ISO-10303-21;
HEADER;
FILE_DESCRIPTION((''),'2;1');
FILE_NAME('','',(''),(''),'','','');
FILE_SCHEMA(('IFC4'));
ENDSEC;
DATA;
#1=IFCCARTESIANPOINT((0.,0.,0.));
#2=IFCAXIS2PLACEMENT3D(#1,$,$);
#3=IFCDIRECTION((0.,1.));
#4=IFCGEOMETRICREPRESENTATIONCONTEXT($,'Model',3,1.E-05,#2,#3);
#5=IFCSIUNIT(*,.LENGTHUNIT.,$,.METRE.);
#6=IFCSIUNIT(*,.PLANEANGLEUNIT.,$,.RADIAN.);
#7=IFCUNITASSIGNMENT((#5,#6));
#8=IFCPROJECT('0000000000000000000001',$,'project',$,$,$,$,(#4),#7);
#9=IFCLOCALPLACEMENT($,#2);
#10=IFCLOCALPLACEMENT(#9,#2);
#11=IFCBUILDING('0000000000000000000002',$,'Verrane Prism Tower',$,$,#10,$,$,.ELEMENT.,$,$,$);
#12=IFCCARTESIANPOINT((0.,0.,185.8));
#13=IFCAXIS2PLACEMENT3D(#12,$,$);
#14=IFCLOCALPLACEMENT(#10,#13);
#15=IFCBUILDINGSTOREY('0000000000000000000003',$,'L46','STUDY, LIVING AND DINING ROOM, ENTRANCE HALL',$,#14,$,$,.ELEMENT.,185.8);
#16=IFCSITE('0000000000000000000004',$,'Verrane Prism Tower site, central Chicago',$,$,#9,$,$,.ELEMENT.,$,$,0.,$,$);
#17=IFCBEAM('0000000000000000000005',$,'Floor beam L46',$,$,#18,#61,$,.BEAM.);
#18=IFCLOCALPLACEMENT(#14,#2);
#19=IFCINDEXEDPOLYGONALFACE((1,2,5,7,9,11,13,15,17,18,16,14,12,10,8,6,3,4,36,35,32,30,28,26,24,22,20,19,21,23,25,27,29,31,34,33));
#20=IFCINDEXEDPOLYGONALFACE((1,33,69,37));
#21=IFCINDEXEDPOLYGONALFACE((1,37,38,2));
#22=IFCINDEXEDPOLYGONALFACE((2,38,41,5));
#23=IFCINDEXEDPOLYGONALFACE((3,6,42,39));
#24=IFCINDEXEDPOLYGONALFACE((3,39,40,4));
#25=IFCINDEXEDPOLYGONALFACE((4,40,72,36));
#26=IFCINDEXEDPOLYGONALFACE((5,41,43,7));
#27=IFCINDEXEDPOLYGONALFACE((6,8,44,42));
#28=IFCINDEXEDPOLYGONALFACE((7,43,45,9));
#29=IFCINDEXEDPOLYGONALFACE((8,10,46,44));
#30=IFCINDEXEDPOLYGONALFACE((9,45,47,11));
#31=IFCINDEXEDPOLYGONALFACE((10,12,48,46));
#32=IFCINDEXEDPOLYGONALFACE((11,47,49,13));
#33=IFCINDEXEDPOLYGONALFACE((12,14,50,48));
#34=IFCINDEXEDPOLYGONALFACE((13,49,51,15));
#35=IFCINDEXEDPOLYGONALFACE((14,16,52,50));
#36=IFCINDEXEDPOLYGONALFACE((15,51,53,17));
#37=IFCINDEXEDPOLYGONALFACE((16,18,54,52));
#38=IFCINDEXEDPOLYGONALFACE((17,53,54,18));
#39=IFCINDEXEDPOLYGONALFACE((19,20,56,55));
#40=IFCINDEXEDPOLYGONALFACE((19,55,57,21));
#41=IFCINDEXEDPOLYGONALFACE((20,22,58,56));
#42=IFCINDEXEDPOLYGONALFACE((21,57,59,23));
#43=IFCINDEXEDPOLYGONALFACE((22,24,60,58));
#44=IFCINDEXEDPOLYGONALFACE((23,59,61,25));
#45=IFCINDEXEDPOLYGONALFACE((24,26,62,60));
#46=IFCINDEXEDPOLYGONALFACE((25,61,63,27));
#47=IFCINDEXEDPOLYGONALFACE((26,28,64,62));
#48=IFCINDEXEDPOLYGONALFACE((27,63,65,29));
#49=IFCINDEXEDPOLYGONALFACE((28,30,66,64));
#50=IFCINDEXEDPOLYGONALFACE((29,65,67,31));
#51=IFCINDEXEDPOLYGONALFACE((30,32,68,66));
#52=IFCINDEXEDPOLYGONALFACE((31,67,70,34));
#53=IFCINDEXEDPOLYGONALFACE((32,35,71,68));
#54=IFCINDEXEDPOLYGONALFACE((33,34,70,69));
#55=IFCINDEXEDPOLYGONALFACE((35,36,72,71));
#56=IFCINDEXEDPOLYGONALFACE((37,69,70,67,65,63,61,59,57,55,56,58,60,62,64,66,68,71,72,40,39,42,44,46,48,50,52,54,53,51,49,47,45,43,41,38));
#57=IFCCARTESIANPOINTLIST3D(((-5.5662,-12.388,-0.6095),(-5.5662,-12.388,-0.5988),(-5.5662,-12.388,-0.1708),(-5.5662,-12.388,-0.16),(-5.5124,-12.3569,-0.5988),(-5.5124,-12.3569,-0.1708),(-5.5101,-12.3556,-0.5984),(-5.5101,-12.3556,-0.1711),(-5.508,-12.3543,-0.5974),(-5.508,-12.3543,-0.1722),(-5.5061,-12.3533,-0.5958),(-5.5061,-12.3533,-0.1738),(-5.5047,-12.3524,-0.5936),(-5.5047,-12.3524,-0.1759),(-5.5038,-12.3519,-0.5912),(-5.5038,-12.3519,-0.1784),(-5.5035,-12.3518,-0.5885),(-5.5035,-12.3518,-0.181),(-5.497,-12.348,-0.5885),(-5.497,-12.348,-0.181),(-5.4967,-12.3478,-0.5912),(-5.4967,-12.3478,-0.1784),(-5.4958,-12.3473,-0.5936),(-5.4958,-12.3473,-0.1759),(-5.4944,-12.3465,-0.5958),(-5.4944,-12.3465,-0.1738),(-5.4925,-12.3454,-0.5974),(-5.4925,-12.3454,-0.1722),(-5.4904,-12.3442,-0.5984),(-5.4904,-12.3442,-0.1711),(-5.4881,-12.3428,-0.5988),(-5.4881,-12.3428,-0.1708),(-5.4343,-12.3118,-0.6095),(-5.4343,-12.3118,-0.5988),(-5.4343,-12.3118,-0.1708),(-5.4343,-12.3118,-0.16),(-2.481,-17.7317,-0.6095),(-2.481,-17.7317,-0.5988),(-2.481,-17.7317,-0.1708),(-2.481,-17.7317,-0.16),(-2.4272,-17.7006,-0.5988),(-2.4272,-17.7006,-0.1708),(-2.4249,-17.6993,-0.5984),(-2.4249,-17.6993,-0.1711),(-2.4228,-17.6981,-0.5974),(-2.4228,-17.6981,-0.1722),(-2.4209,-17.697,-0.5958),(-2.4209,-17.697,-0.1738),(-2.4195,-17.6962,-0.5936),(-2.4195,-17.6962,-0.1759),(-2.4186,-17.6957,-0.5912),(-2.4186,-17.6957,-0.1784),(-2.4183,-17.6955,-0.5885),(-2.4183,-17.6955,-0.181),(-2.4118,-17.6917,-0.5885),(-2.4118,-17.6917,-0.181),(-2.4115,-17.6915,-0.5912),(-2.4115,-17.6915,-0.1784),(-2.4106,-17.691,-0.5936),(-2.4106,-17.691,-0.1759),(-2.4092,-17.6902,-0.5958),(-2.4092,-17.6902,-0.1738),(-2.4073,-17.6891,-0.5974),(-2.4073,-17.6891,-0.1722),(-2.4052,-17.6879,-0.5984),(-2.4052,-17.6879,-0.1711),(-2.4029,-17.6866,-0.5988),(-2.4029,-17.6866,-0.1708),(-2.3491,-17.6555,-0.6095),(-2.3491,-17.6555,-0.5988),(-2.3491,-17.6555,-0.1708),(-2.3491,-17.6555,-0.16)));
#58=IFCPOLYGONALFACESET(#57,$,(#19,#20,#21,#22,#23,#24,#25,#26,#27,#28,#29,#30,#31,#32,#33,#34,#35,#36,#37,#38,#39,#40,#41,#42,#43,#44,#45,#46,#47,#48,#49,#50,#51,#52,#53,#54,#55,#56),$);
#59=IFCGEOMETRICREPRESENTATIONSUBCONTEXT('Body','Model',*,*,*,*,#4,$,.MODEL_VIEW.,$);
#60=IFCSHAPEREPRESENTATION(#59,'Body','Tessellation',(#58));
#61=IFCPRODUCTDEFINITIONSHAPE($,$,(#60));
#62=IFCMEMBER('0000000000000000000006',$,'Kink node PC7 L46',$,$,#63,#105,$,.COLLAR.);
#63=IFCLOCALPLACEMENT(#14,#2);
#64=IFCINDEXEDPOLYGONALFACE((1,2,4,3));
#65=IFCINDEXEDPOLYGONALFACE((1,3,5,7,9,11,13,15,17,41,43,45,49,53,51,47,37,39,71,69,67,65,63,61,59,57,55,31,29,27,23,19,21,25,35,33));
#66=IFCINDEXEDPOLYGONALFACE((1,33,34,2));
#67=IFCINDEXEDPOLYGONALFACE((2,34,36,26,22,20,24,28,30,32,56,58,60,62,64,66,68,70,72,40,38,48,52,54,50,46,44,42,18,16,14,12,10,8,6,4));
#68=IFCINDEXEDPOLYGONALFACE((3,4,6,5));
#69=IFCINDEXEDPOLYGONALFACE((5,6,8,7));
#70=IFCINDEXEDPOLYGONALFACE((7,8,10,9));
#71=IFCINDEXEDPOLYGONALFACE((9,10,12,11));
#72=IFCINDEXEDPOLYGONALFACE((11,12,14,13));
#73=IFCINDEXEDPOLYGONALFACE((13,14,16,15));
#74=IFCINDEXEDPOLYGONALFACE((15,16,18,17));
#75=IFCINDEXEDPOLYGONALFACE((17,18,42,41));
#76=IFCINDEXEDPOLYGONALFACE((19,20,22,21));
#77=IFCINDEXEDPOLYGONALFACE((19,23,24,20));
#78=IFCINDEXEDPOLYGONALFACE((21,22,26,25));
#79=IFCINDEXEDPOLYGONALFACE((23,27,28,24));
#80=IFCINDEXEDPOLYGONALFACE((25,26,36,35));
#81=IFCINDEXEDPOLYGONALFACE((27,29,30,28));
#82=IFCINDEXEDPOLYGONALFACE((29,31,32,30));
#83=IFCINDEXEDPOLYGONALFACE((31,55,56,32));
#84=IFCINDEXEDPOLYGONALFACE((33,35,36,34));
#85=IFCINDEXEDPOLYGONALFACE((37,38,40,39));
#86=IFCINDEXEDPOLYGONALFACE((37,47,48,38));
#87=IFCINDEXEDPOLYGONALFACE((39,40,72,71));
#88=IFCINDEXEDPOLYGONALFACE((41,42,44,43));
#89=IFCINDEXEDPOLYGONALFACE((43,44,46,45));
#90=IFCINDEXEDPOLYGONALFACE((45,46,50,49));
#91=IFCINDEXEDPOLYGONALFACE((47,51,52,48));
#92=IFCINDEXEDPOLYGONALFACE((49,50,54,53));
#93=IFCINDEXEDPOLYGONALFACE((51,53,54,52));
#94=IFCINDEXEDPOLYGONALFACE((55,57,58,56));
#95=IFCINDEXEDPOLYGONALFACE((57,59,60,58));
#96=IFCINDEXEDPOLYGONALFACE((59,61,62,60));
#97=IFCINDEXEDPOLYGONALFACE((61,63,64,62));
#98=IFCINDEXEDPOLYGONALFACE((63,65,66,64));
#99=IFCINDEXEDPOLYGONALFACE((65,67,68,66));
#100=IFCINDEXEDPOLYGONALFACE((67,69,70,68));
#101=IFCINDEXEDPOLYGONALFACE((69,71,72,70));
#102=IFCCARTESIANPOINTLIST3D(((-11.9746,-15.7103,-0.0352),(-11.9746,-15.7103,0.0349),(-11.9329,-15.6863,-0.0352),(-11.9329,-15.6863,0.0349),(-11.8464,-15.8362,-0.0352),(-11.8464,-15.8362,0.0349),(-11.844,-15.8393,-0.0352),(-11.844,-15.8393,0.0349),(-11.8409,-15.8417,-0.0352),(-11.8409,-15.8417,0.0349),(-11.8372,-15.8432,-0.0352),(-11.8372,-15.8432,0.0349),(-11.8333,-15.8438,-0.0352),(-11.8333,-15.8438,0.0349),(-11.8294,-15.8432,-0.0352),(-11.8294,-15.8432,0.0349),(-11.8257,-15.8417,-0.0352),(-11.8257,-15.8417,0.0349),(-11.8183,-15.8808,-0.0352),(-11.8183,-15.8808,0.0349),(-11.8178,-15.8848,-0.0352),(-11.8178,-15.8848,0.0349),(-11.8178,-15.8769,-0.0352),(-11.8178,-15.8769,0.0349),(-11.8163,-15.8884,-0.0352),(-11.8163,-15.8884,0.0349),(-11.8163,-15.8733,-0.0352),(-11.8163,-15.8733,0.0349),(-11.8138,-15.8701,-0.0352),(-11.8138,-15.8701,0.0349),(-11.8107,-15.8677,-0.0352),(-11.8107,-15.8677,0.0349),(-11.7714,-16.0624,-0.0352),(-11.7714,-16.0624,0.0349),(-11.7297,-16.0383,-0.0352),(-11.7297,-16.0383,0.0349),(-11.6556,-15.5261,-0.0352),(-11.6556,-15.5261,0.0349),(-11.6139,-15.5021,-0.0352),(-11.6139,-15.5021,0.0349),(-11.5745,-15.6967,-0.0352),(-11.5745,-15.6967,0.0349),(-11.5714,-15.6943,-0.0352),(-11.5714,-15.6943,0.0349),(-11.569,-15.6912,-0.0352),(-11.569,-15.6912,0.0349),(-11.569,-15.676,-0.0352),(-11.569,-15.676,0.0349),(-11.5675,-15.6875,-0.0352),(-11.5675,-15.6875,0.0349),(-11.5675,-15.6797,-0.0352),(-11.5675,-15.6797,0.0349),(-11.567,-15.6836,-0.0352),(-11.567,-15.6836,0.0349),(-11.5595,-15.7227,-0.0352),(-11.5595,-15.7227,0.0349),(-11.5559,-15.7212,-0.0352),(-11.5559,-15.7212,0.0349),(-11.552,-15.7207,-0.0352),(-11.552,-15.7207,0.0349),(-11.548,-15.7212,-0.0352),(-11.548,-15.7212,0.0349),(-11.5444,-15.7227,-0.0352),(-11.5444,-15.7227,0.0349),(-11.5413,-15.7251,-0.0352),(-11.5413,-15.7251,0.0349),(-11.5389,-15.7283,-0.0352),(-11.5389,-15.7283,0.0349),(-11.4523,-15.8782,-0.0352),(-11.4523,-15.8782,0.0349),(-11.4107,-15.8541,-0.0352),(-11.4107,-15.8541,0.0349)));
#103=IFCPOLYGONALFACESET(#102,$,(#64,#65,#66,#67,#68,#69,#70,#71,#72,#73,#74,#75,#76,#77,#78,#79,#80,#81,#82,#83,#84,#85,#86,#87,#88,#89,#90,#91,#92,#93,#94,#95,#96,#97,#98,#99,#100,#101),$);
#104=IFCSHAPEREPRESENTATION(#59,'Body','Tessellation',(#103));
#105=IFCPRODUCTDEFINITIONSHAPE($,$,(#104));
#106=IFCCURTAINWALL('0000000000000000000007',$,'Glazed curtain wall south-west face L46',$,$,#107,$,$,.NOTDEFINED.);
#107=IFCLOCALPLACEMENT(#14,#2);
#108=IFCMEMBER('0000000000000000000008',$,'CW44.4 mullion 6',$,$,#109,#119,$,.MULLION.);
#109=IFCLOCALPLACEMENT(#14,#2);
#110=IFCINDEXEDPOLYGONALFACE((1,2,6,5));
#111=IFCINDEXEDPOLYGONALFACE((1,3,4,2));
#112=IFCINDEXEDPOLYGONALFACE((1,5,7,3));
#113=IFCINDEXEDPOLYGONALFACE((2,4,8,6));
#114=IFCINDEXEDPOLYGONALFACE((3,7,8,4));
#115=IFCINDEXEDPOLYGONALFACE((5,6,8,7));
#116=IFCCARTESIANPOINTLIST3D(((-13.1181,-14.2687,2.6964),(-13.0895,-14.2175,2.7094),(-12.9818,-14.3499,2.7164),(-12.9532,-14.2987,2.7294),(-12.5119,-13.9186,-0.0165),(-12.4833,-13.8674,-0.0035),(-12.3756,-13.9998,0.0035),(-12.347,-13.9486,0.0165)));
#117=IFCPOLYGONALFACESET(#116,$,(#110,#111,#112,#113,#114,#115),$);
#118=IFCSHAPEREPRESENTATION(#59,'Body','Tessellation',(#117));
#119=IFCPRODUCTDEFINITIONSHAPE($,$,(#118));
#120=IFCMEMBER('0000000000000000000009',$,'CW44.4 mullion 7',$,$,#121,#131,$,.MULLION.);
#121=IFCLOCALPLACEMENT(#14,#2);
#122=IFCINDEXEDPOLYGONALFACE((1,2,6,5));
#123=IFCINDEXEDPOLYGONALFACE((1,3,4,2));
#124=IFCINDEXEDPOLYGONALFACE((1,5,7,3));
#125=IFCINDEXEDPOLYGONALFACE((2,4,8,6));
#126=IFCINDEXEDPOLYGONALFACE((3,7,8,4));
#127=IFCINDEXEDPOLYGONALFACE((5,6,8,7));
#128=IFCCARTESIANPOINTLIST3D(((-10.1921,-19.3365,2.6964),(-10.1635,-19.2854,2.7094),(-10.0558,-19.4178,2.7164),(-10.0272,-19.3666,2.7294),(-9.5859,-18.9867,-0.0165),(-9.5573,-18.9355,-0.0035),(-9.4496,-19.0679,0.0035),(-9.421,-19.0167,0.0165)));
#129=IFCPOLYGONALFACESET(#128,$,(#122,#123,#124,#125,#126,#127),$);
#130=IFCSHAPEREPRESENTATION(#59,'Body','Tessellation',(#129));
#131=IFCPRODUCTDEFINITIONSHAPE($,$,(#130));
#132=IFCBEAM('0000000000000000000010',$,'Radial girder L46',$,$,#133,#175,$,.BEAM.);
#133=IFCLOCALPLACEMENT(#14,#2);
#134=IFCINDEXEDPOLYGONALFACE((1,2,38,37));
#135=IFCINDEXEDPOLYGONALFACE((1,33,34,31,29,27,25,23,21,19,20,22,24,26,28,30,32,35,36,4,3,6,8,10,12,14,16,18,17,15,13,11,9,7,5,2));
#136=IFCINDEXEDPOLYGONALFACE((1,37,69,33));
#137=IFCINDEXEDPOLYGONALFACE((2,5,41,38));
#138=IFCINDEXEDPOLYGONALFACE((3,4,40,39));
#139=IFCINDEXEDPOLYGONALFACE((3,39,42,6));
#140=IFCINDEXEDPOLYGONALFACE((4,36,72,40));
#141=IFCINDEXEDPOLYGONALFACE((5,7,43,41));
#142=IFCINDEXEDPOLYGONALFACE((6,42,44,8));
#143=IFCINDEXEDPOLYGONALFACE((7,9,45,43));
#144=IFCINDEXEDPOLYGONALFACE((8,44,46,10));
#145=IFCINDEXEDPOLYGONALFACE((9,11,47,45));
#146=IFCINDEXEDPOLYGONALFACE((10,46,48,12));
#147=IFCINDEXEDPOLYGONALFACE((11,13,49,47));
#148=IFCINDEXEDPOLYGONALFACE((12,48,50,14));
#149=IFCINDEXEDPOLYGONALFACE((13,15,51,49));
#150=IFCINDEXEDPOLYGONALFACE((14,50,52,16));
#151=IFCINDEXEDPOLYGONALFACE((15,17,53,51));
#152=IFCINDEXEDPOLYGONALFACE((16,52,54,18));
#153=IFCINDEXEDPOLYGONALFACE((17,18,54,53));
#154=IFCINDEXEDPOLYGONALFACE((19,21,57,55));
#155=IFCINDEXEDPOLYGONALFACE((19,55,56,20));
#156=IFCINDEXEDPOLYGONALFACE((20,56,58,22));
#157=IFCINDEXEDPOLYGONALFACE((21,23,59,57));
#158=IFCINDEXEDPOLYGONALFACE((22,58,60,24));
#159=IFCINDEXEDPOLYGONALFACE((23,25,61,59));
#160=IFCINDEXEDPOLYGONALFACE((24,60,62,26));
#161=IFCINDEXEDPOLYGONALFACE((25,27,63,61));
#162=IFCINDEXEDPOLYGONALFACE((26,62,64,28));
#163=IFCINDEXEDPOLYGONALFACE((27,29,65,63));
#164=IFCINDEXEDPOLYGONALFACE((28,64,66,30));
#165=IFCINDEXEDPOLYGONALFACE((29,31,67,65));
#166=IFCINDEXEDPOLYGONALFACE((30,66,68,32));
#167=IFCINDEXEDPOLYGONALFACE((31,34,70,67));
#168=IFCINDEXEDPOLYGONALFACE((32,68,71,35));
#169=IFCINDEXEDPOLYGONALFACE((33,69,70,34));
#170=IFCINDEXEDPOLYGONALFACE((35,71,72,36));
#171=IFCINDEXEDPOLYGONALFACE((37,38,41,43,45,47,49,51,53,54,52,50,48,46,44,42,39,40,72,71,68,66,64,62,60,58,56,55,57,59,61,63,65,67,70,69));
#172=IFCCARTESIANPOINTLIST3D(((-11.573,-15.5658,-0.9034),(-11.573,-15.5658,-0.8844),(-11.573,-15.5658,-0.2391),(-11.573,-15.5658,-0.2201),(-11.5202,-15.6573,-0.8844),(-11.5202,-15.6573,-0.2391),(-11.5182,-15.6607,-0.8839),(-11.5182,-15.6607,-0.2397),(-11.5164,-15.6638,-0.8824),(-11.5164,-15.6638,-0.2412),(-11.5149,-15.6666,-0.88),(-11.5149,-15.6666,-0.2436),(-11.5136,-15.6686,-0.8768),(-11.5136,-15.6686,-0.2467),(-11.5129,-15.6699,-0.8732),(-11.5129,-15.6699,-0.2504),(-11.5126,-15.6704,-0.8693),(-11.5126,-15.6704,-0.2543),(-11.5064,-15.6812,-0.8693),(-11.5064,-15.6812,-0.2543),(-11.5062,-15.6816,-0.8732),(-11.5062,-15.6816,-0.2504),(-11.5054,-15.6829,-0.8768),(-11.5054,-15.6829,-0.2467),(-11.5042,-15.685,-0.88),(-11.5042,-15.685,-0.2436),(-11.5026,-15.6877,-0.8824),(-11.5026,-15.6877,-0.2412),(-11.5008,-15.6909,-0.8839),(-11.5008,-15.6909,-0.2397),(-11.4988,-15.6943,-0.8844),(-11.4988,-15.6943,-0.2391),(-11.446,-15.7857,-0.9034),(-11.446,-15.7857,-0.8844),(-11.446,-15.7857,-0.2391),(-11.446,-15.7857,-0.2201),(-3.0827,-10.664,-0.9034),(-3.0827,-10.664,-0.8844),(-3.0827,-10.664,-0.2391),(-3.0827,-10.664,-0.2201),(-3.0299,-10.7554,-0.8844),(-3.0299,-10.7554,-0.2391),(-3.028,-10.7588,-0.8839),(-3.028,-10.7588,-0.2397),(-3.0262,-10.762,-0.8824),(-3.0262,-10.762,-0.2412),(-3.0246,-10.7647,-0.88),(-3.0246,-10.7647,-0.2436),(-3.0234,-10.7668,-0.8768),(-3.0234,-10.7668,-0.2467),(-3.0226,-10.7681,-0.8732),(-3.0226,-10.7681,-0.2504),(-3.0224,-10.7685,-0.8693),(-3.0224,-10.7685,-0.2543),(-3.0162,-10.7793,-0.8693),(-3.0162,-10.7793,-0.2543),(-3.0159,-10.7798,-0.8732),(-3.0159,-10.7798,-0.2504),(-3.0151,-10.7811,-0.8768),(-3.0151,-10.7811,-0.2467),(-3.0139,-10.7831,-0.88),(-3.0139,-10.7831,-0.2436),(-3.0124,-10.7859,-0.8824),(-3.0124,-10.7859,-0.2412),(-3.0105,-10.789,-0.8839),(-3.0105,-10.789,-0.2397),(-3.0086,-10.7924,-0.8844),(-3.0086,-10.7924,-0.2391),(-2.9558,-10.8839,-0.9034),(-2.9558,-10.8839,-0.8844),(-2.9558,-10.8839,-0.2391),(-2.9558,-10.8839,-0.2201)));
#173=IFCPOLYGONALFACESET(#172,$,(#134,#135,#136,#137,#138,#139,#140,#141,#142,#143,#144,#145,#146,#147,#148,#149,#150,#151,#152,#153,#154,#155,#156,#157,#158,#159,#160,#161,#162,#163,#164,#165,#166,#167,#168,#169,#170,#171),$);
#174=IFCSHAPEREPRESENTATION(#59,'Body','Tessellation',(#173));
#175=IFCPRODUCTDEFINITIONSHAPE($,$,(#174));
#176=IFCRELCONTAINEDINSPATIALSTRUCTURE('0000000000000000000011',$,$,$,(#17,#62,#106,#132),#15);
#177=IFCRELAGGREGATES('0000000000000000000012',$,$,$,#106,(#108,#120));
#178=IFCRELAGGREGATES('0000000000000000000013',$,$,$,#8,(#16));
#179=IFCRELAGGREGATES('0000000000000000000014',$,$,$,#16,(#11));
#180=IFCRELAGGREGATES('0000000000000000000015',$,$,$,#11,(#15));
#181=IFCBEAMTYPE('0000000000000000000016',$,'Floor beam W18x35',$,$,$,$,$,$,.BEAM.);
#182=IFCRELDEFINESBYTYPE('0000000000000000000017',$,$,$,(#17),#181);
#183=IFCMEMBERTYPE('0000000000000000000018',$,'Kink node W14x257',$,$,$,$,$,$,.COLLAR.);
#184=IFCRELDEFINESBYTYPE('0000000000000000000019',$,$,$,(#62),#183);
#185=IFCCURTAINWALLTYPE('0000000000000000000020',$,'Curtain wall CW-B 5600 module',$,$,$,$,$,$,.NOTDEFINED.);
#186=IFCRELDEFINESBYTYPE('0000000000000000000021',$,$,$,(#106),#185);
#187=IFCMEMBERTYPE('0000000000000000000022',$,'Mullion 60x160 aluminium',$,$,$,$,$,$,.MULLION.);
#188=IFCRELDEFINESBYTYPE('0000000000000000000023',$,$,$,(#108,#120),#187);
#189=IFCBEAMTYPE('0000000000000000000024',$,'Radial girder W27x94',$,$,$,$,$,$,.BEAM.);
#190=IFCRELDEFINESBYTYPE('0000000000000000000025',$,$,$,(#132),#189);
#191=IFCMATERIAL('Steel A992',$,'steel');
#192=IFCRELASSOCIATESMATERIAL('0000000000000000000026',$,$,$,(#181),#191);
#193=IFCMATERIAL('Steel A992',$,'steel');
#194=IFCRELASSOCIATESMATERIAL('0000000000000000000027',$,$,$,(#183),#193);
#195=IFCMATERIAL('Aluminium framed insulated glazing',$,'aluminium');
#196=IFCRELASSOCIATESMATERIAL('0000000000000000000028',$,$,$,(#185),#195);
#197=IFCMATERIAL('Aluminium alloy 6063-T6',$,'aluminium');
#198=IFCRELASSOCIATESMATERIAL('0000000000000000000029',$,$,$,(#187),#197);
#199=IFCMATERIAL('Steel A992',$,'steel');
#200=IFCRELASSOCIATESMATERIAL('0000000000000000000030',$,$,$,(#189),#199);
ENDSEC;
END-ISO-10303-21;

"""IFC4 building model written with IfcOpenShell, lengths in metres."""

from ifc_helpers import new_model, si_unit, direction, frame, origin, origin_2d, place, context, subcontext, project, spatial, rectangle, i_section, extrude, material, material_profile, profile_set, type_object, element, aggregate, save


model = new_model("IFC4")

# Units and contexts
model_context = context("Model", 3, precision=1e-05, world=origin(), true_north=direction((0.0, 1.0)))
body_context = subcontext(model_context, "Body", "Model", "MODEL_VIEW")
ifc_project = project(units=[si_unit("LENGTHUNIT", "METRE"), si_unit("PLANEANGLEUNIT", "RADIAN")], contexts=[model_context])

# Site, building, storey
site_placement = place(None, origin())
site = spatial("IfcSite", under=ifc_project, at=site_placement, Name="Verrane Prism Tower site, central Chicago", CompositionType="ELEMENT", RefElevation=0.0)
building_placement = place(site_placement, origin())
building = spatial("IfcBuilding", under=site, at=building_placement, Name="Verrane Prism Tower", CompositionType="ELEMENT")
storey_placement = place(building_placement, frame((0.0, 0.0, 185.8)))
storey = spatial("IfcBuildingStorey", under=building, at=storey_placement, Name="L46", Description="STUDY, LIVING AND DINING ROOM, ENTRANCE HALL", CompositionType="ELEMENT", Elevation=185.8)

# Beam
ifc_material_1 = material(Name="Steel A992", Category="steel")
ifc_material_profile_1 = material_profile(ifc_material_1, i_section(OverallWidth=0.1523, OverallDepth=0.4495, WebThickness=0.0076, FlangeThickness=0.0107, FilletRadius=0.0103, at=origin_2d()), Name="W18x35")
ifc_profile_set_1 = profile_set([ifc_material_profile_1], Name="Steel A992")
beam_type_1 = type_object("IfcBeamType", Name="Floor beam W18x35", PredefinedType="BEAM", material=ifc_profile_set_1)
beam_1_placement = place(storey_placement, frame((-2.415, -17.6936, -0.3848), z_axis=(-0.499999, 0.866026, 0.0), x_axis=(-0.866026, -0.499999, 0.0)))
element("IfcBeam", 1, at=beam_1_placement, inside=storey, type_object=beam_type_1, Name="Floor beam L46", PredefinedType="BEAM", context=body_context, shape_type="SweptSolid", body=[
    extrude(i_section(OverallWidth=0.1523, OverallDepth=0.4495, WebThickness=0.0076, FlangeThickness=0.0107, FilletRadius=0.0103, at=origin_2d()), origin(), (0.0, 0.0, 1.0), 6.1704),
])

# Member
ifc_material_2 = material(Name="Steel A992", Category="steel")
ifc_material_profile_2 = material_profile(ifc_material_2, i_section(OverallWidth=0.4065, OverallDepth=0.4165, WebThickness=0.03, FlangeThickness=0.0481, FilletRadius=0.0151, at=origin_2d()), Name="W14x257")
ifc_profile_set_2 = profile_set([ifc_material_profile_2], Name="Steel A992")
member_type_1 = type_object("IfcMemberType", Name="Kink node W14x257", PredefinedType="COLLAR", material=ifc_profile_set_2)
member_1_placement = place(storey_placement, frame((-11.6926, -15.7822, -0.0352), z_axis=(0.0, 0.0, 1.0), x_axis=(-0.5, 0.866025, 0.0)))
element("IfcMember", 2, at=member_1_placement, inside=storey, type_object=member_type_1, Name="Kink node PC7 L46", PredefinedType="COLLAR", context=body_context, shape_type="SweptSolid", body=[
    extrude(i_section(OverallWidth=0.4065, OverallDepth=0.4165, WebThickness=0.03, FlangeThickness=0.0481, FilletRadius=0.0151, at=origin_2d()), origin(), (0.0, 0.0, 1.0), 0.0701),
])

# Curtain wall, members
ifc_material_3 = material(Name="Aluminium framed insulated glazing", Category="aluminium")
curtain_wall_type = type_object("IfcCurtainWallType", Name="Curtain wall CW-B 5600 module", PredefinedType="NOTDEFINED", material=ifc_material_3)
curtain_wall_placement = place(storey_placement, origin())
curtain_wall = element("IfcCurtainWall", 3, at=curtain_wall_placement, inside=storey, type_object=curtain_wall_type, Name="Glazed curtain wall south-west face L46", PredefinedType="NOTDEFINED")
ifc_material_4 = material(Name="Aluminium alloy 6063-T6", Category="aluminium")
ifc_material_profile_3 = material_profile(ifc_material_4, rectangle(XDim=0.1599, YDim=0.0601, at=origin_2d()), Name="Mullion 60x160 aluminium")
ifc_profile_set_3 = profile_set([ifc_material_profile_3], Name="Aluminium alloy 6063-T6")
member_type_2 = type_object("IfcMemberType", Name="Mullion 60x160 aluminium", PredefinedType="MULLION", material=ifc_profile_set_3)
member_2_placement = place(storey_placement, frame((-12.4294, -13.9336, 0.0), z_axis=(-0.216365, -0.124957, 0.968283), x_axis=(0.852359, -0.507817, 0.124928)))
member_2 = element("IfcMember", 4, at=member_2_placement, type_object=member_type_2, Name="CW44.4 mullion 6", PredefinedType="MULLION", context=body_context, shape_type="SweptSolid", body=[
    extrude(rectangle(XDim=0.1599, YDim=0.0601, at=origin_2d()), origin(), (0.0, 0.0, 1.0), 2.8018),
])
member_3_placement = place(storey_placement, frame((-9.5034, -19.0017, 0.0), z_axis=(-0.216367, -0.124871, 0.968294), x_axis=(0.85221, -0.508072, 0.124907)))
member_3 = element("IfcMember", 5, at=member_3_placement, type_object=member_type_2, Name="CW44.4 mullion 7", PredefinedType="MULLION", context=body_context, shape_type="SweptSolid", body=[
    extrude(rectangle(XDim=0.1599, YDim=0.0601, at=origin_2d()), origin(), (0.0, 0.0, 1.0), 2.8018),
])

# Beam
ifc_material_5 = material(Name="Steel A992", Category="steel")
ifc_material_profile_4 = material_profile(ifc_material_5, i_section(OverallWidth=0.2539, OverallDepth=0.6833, WebThickness=0.0125, FlangeThickness=0.019, FilletRadius=0.0151, at=origin_2d()), Name="W27x94")
ifc_profile_set_4 = profile_set([ifc_material_profile_4], Name="Steel A992")
beam_type_2 = type_object("IfcBeamType", Name="Radial girder W27x94", PredefinedType="BEAM", material=ifc_profile_set_4)
beam_2_placement = place(storey_placement, frame((-11.5095, -15.6758, -0.5618), z_axis=(0.866025, 0.500001, 0.0), x_axis=(-0.500001, 0.866025, 0.0)))
element("IfcBeam", 6, at=beam_2_placement, inside=storey, type_object=beam_type_2, Name="Radial girder L46", PredefinedType="BEAM", context=body_context, shape_type="SweptSolid", body=[
    extrude(i_section(OverallWidth=0.2539, OverallDepth=0.6833, WebThickness=0.0125, FlangeThickness=0.019, FilletRadius=0.0151, at=origin_2d()), origin(), (0.0, 0.0, 1.0), 9.8037),
])

aggregate(curtain_wall, [member_2, member_3])

save(model, "model.ifc")
